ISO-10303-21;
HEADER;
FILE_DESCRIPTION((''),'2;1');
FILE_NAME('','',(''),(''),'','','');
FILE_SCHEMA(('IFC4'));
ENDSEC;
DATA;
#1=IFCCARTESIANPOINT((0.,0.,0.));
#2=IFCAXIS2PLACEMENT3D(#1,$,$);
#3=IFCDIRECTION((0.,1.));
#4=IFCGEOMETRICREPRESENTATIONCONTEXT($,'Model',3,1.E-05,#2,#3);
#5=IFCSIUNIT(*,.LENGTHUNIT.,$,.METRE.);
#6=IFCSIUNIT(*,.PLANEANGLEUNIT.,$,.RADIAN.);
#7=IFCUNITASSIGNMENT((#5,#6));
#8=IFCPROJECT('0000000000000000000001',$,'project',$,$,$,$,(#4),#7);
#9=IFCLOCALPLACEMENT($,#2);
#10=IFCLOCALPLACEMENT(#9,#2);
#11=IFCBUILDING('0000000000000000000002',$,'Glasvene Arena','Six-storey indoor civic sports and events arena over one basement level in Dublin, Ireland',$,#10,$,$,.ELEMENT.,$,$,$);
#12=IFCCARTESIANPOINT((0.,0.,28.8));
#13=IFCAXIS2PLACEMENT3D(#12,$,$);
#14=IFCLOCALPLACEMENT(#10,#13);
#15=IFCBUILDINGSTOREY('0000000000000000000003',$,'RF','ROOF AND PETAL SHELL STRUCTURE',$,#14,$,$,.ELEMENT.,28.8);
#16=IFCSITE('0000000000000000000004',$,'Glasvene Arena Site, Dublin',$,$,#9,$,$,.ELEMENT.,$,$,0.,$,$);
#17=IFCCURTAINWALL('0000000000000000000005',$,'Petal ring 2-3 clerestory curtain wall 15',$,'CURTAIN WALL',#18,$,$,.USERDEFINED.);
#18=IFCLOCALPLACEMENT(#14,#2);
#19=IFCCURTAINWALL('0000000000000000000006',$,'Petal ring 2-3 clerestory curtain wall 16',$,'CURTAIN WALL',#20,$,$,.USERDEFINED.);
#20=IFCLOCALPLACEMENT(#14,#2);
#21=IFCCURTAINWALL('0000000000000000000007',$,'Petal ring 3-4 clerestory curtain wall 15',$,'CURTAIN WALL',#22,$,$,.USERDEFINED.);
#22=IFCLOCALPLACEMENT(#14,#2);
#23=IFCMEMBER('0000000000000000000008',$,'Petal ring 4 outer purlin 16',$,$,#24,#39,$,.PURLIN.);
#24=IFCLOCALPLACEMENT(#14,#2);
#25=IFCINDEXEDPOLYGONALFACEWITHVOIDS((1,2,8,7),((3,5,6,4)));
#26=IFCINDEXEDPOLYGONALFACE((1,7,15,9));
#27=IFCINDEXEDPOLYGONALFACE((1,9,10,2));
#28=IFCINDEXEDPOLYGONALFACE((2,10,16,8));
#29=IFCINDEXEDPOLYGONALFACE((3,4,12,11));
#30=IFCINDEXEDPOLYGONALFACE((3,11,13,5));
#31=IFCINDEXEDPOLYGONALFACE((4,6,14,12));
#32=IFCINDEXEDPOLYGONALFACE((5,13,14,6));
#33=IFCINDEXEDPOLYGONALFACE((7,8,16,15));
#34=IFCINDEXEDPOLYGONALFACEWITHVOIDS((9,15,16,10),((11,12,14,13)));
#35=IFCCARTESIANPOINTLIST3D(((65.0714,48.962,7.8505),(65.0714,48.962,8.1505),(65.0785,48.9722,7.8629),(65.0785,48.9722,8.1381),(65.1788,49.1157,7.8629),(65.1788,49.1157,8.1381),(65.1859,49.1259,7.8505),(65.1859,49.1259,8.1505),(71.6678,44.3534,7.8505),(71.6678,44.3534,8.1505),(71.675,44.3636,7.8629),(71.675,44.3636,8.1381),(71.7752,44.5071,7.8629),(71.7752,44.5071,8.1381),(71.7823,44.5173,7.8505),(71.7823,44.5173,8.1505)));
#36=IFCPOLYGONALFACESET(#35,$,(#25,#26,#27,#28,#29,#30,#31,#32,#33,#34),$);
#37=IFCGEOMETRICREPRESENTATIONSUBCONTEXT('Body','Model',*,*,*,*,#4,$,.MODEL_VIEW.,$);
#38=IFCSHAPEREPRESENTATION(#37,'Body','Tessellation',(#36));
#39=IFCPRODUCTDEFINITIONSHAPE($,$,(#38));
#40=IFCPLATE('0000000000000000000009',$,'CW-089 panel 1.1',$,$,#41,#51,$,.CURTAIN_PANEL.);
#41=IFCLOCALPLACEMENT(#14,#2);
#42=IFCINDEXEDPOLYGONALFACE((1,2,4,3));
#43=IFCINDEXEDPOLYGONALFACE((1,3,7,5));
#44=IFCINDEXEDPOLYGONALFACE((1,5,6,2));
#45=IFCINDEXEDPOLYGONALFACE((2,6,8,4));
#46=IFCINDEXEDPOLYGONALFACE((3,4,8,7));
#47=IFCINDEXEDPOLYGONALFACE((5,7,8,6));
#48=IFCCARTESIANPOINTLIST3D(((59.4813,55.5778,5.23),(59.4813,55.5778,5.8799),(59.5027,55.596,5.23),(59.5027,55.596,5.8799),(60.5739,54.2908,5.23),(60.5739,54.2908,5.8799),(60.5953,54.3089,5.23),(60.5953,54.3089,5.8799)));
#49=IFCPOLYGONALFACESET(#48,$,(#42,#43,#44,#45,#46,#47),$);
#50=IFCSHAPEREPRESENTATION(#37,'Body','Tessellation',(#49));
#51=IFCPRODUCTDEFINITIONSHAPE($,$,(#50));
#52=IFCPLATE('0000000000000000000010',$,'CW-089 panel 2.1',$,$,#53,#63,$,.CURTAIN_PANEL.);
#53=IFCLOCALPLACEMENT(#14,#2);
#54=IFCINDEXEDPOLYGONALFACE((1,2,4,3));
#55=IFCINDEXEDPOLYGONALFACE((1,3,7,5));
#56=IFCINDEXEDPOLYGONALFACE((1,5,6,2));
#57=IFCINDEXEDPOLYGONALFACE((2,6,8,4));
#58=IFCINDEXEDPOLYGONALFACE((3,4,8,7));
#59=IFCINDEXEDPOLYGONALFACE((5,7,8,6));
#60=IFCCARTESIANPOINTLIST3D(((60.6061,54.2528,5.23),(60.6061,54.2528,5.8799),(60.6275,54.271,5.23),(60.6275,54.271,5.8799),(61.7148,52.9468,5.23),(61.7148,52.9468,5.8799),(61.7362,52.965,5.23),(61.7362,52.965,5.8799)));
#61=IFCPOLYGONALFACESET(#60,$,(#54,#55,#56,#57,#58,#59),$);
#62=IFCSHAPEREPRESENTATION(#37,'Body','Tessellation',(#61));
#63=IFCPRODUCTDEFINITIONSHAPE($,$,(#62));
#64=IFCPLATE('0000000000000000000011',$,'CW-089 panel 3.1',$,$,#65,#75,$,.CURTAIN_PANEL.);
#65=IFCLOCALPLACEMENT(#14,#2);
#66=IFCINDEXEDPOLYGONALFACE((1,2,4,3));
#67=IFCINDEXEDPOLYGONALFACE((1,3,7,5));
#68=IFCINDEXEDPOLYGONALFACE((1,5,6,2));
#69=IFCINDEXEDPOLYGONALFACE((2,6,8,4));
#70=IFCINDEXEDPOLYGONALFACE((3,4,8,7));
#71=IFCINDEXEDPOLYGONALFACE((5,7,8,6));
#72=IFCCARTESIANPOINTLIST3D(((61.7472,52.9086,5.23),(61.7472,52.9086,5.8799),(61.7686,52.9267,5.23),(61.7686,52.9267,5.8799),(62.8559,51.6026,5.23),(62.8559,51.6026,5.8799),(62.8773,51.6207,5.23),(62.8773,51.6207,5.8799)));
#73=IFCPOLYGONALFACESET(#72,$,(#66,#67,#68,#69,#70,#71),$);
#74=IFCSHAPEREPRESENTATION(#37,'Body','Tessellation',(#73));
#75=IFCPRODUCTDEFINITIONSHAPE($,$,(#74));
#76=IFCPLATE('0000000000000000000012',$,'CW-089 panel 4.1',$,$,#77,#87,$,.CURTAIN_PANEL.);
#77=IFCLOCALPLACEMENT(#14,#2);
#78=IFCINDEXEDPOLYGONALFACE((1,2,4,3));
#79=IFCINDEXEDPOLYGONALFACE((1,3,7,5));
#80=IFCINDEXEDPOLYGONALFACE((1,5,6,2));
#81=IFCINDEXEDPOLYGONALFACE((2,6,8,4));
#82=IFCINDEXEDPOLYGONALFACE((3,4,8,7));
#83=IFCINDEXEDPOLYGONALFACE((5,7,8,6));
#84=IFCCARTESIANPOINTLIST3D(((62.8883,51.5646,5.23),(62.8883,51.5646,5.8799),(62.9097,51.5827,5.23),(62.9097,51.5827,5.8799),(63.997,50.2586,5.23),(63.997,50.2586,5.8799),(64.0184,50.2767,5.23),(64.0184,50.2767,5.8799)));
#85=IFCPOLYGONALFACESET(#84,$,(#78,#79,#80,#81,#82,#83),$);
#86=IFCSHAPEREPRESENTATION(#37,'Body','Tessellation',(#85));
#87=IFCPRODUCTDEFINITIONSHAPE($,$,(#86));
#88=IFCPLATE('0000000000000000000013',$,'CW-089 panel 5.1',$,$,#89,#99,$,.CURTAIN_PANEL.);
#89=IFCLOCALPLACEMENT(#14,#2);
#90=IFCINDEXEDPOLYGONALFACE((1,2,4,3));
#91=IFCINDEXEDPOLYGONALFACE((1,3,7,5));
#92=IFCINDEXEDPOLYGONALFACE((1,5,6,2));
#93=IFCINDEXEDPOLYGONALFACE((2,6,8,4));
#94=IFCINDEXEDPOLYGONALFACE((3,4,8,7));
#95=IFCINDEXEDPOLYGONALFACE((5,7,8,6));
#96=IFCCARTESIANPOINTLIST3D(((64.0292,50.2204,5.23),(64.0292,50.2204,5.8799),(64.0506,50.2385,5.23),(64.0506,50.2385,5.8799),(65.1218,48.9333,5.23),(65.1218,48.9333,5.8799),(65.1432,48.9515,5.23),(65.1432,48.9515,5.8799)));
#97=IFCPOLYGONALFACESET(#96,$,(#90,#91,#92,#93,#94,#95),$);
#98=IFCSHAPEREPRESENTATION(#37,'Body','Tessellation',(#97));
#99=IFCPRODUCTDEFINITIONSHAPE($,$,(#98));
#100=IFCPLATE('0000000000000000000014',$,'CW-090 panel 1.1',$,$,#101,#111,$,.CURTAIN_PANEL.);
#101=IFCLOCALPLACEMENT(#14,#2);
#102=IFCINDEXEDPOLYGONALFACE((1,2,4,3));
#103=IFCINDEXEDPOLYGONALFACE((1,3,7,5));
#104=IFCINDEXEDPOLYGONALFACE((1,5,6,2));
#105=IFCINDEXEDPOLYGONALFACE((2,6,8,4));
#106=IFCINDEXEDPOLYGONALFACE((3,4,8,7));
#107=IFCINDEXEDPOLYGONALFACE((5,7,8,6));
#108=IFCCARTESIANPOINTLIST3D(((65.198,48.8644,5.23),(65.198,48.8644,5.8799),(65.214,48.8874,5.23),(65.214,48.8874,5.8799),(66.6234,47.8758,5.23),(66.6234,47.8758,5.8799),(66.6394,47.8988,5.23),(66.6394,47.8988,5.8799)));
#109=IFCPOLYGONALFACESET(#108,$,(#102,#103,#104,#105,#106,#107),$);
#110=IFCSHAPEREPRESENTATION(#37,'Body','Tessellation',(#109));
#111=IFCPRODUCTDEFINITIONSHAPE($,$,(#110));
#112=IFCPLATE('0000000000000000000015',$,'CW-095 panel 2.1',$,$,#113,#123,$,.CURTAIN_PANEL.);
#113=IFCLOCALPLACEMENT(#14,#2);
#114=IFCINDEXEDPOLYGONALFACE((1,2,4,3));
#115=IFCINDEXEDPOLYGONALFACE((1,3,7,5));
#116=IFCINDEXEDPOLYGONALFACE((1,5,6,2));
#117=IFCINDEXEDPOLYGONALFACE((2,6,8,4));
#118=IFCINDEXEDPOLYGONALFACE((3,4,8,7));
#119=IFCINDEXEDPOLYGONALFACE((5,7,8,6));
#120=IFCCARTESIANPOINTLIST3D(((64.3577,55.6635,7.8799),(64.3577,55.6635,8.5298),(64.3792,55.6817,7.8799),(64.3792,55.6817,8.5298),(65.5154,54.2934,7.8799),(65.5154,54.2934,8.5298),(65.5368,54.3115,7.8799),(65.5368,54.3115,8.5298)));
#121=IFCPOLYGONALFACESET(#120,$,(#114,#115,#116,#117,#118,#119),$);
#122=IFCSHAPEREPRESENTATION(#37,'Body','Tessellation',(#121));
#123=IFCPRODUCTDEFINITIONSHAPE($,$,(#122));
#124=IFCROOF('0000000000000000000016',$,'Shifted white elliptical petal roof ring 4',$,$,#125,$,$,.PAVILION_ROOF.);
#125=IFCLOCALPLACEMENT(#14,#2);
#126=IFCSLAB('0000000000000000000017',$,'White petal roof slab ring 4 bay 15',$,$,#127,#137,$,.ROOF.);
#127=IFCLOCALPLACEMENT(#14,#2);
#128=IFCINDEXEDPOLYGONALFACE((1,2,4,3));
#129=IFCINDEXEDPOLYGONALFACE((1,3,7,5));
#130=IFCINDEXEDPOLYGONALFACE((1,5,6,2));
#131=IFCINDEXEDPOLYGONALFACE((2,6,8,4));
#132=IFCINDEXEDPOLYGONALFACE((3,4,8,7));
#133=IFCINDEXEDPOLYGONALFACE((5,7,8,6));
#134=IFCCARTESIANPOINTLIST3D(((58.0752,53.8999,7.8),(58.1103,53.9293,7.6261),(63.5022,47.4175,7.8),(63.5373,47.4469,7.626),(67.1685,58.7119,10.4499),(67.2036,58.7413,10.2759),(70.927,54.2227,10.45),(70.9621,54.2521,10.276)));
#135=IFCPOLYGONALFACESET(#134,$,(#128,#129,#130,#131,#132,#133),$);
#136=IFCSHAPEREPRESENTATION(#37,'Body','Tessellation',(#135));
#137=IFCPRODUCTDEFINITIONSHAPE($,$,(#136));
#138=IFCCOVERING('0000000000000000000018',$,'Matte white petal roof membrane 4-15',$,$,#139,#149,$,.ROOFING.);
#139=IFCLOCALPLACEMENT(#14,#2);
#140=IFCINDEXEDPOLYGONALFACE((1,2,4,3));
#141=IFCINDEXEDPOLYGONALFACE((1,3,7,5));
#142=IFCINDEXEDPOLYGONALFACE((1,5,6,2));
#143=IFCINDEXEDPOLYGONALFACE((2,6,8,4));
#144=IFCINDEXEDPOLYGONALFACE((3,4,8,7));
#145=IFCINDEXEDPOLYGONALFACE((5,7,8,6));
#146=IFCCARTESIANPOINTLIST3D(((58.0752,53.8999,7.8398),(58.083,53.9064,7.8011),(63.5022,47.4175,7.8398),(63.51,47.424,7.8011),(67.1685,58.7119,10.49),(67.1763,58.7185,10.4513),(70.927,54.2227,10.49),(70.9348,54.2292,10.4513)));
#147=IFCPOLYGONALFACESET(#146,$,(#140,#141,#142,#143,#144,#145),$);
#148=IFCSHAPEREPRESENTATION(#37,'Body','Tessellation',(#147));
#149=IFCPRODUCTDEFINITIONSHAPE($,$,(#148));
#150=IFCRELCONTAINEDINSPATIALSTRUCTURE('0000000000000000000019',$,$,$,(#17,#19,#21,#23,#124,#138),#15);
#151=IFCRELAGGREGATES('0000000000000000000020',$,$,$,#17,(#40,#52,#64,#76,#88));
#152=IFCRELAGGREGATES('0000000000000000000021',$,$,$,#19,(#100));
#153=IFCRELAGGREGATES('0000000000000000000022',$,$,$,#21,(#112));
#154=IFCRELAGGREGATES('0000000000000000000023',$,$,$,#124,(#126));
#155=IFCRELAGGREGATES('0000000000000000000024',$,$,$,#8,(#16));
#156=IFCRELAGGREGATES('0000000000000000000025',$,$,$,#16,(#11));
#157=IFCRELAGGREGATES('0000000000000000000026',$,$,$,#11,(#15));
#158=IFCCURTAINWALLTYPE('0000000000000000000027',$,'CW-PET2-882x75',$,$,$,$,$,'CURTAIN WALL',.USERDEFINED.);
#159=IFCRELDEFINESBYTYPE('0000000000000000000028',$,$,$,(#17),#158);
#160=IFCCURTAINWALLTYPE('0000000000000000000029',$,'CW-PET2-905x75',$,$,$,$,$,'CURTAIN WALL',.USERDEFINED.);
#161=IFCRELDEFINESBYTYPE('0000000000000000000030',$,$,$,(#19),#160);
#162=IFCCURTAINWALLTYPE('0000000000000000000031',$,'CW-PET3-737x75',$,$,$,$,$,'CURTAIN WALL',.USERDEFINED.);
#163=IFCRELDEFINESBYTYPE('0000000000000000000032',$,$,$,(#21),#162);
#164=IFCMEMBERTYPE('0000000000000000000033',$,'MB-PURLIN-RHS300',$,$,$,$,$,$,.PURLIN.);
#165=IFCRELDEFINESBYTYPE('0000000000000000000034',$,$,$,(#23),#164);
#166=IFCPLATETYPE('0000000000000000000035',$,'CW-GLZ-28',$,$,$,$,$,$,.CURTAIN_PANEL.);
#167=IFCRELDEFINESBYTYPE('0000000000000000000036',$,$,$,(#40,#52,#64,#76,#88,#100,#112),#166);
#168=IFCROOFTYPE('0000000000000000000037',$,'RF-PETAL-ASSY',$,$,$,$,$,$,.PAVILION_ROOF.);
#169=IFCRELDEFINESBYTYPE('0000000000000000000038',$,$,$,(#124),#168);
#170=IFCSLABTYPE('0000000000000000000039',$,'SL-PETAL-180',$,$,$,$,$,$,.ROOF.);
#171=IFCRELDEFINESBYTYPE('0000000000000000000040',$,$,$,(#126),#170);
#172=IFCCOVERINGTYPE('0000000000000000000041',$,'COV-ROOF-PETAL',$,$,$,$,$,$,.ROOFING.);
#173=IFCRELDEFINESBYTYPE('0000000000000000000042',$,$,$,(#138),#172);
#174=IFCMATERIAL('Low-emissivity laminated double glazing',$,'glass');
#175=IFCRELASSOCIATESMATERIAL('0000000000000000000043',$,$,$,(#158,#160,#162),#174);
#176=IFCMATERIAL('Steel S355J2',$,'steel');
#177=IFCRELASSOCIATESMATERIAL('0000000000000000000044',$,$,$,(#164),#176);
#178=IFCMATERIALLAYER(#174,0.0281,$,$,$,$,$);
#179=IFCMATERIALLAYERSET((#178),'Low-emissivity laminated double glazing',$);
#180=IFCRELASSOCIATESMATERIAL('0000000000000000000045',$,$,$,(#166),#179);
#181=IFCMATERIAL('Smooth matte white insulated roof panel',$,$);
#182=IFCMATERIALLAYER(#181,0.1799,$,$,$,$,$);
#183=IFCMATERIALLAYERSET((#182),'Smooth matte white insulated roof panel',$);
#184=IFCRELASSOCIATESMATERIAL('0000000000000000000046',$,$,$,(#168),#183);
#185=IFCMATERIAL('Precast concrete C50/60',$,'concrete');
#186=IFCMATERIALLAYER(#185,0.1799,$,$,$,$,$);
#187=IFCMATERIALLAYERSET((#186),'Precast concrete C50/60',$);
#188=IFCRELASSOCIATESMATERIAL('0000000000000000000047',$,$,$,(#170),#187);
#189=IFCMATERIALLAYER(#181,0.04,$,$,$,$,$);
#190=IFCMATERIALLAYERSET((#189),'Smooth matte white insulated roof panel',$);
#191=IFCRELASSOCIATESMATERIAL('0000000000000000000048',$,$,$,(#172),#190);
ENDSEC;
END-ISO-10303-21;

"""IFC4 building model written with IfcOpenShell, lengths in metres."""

from ifc_helpers import new_model, si_unit, direction, frame, origin, origin_2d, place, context, subcontext, project, spatial, polyline, rectangle, hollow_rectangle, outline, extrude, material, layer, layer_set, material_profile, profile_set, type_object, element, aggregate, save


model = new_model("IFC4")

# Units and contexts
model_context = context("Model", 3, precision=1e-05, world=origin(), true_north=direction((0.0, 1.0)))
body_context = subcontext(model_context, "Body", "Model", "MODEL_VIEW")
ifc_project = project(units=[si_unit("LENGTHUNIT", "METRE"), si_unit("PLANEANGLEUNIT", "RADIAN")], contexts=[model_context])

# Site, building, storey
site_placement = place(None, origin())
site = spatial("IfcSite", under=ifc_project, at=site_placement, Name="Glasvene Arena Site, Dublin", CompositionType="ELEMENT", RefElevation=0.0)
building_placement = place(site_placement, origin())
building = spatial("IfcBuilding", under=site, at=building_placement, Name="Glasvene Arena", Description="Six-storey indoor civic sports and events arena over one basement level in Dublin, Ireland", CompositionType="ELEMENT")
storey_placement = place(building_placement, frame((0.0, 0.0, 28.8)))
storey = spatial("IfcBuildingStorey", under=building, at=storey_placement, Name="RF", Description="ROOF AND PETAL SHELL STRUCTURE", CompositionType="ELEMENT", Elevation=28.8)

# Curtain wall
ifc_material_1 = material(Name="Low-emissivity laminated double glazing", Category="glass")
curtain_wall_type_1 = type_object("IfcCurtainWallType", Name="CW-PET2-882x75", ElementType="CURTAIN WALL", PredefinedType="USERDEFINED", material=ifc_material_1)
curtain_wall_1_placement = place(storey_placement, frame((59.4597, 55.625, 0.0)))
curtain_wall_1 = element("IfcCurtainWall", 1, at=curtain_wall_1_placement, inside=storey, type_object=curtain_wall_type_1, Name="Petal ring 2-3 clerestory curtain wall 15", ObjectType="CURTAIN WALL", PredefinedType="USERDEFINED")

# Curtain wall
curtain_wall_type_2 = type_object("IfcCurtainWallType", Name="CW-PET2-905x75", ElementType="CURTAIN WALL", PredefinedType="USERDEFINED", material=ifc_material_1)
curtain_wall_2_placement = place(storey_placement, frame((65.1648, 48.9043, 0.0)))
curtain_wall_2 = element("IfcCurtainWall", 2, at=curtain_wall_2_placement, inside=storey, type_object=curtain_wall_type_2, Name="Petal ring 2-3 clerestory curtain wall 16", ObjectType="CURTAIN WALL", PredefinedType="USERDEFINED")

# Curtain wall
curtain_wall_type_3 = type_object("IfcCurtainWallType", Name="CW-PET3-737x75", ElementType="CURTAIN WALL", PredefinedType="USERDEFINED", material=ifc_material_1)
curtain_wall_3_placement = place(storey_placement, frame((63.1626, 57.1001, 0.0)))
curtain_wall_3 = element("IfcCurtainWall", 3, at=curtain_wall_3_placement, inside=storey, type_object=curtain_wall_type_3, Name="Petal ring 3-4 clerestory curtain wall 15", ObjectType="CURTAIN WALL", PredefinedType="USERDEFINED")

# Member
ifc_material_2 = material(Name="Steel S355J2", Category="steel")
ifc_material_profile_1 = material_profile(ifc_material_2, hollow_rectangle(XDim=0.2, YDim=0.3, WallThickness=0.0125, at=origin_2d()), Name="RHS 300x200x12.5")
ifc_profile_set_1 = profile_set([ifc_material_profile_1], Name="Steel S355J2")
member_type_1 = type_object("IfcMemberType", Name="MB-PURLIN-RHS300", PredefinedType="PURLIN", material=ifc_profile_set_1)
member_1_placement = place(storey_placement, frame((65.1287, 49.0439, 8.0005), z_axis=(0.819749, -0.572723, 0.0), x_axis=(0.572723, 0.819749, 0.0)))
element("IfcMember", 4, at=member_1_placement, inside=storey, type_object=member_type_1, Name="Petal ring 4 outer purlin 16", PredefinedType="PURLIN", context=body_context, shape_type="SweptSolid", body=[
    extrude(hollow_rectangle(XDim=0.2, YDim=0.3, WallThickness=0.0125, at=origin_2d()), origin(), (0.0, 0.0, 1.0), 8.0469),
])

# Plates
ifc_layer_1 = layer(ifc_material_1, 0.0281)
ifc_layer_set_1 = layer_set([ifc_layer_1], Name="Low-emissivity laminated double glazing")
plate_type = type_object("IfcPlateType", Name="CW-GLZ-28", PredefinedType="CURTAIN_PANEL", material=ifc_layer_set_1)
plate_1_placement = place(storey_placement, frame((60.0383, 54.9434, 5.23), z_axis=(0.0, 0.0, 1.0), x_axis=(0.647167, -0.762348, 0.0)))
plate_1 = element("IfcPlate", 5, at=plate_1_placement, type_object=plate_type, Name="CW-089 panel 1.1", PredefinedType="CURTAIN_PANEL", context=body_context, shape_type="SweptSolid", body=[
    extrude(rectangle(XDim=1.6882, YDim=0.0281, at=origin_2d()), origin(), (0.0, 0.0, 1.0), 0.6499),
])
plate_2_placement = place(storey_placement, frame((61.1711, 53.6089, 5.23), z_axis=(0.0, 0.0, 1.0), x_axis=(0.647167, -0.762348, 0.0)))
plate_2 = element("IfcPlate", 6, at=plate_2_placement, type_object=plate_type, Name="CW-089 panel 2.1", PredefinedType="CURTAIN_PANEL", context=body_context, shape_type="SweptSolid", body=[
    extrude(rectangle(XDim=1.7131, YDim=0.0281, at=origin_2d()), origin(), (0.0, 0.0, 1.0), 0.6499),
])
plate_3_placement = place(storey_placement, frame((62.3123, 52.2646, 5.23), z_axis=(0.0, 0.0, 1.0), x_axis=(0.647167, -0.762348, 0.0)))
plate_3 = element("IfcPlate", 7, at=plate_3_placement, type_object=plate_type, Name="CW-089 panel 3.1", PredefinedType="CURTAIN_PANEL", context=body_context, shape_type="SweptSolid", body=[
    extrude(rectangle(XDim=1.7131, YDim=0.0281, at=origin_2d()), origin(), (0.0, 0.0, 1.0), 0.6499),
])
plate_4_placement = place(storey_placement, frame((63.4534, 50.9207, 5.23), z_axis=(0.0, 0.0, 1.0), x_axis=(0.647167, -0.762348, 0.0)))
plate_4 = element("IfcPlate", 8, at=plate_4_placement, type_object=plate_type, Name="CW-089 panel 4.1", PredefinedType="CURTAIN_PANEL", context=body_context, shape_type="SweptSolid", body=[
    extrude(rectangle(XDim=1.7131, YDim=0.0281, at=origin_2d()), origin(), (0.0, 0.0, 1.0), 0.6499),
])
plate_5_placement = place(storey_placement, frame((64.5862, 49.5859, 5.23), z_axis=(0.0, 0.0, 1.0), x_axis=(0.647167, -0.762348, 0.0)))
plate_5 = element("IfcPlate", 9, at=plate_5_placement, type_object=plate_type, Name="CW-089 panel 5.1", PredefinedType="CURTAIN_PANEL", context=body_context, shape_type="SweptSolid", body=[
    extrude(rectangle(XDim=1.6882, YDim=0.0281, at=origin_2d()), origin(), (0.0, 0.0, 1.0), 0.6499),
])
aggregate(curtain_wall_1, [plate_1, plate_2, plate_3, plate_4, plate_5])
plate_6_placement = place(storey_placement, frame((65.9187, 48.3816, 5.23), z_axis=(0.0, 0.0, 1.0), x_axis=(0.821699, -0.569921, 0.0)))
plate_6 = element("IfcPlate", 10, at=plate_6_placement, type_object=plate_type, Name="CW-090 panel 1.1", PredefinedType="CURTAIN_PANEL", context=body_context, shape_type="SweptSolid", body=[
    extrude(rectangle(XDim=1.7346, YDim=0.0281, at=origin_2d()), origin(), (0.0, 0.0, 1.0), 0.6499),
])
aggregate(curtain_wall_2, [plate_6])
plate_7_placement = place(storey_placement, frame((64.9473, 54.9875, 7.8799), z_axis=(0.0, 0.0, 1.0), x_axis=(0.645394, -0.76385, 0.0)))
plate_7 = element("IfcPlate", 11, at=plate_7_placement, type_object=plate_type, Name="CW-095 panel 2.1", PredefinedType="CURTAIN_PANEL", context=body_context, shape_type="SweptSolid", body=[
    extrude(rectangle(XDim=1.7937, YDim=0.0281, at=origin_2d()), origin(), (0.0, 0.0, 1.0), 0.6499),
])
aggregate(curtain_wall_3, [plate_7])

# Roof, slab
ifc_material_3 = material(Name="Smooth matte white insulated roof panel")
ifc_layer_2 = layer(ifc_material_3, 0.1799)
ifc_layer_set_2 = layer_set([ifc_layer_2], Name="Smooth matte white insulated roof panel")
roof_type = type_object("IfcRoofType", Name="RF-PETAL-ASSY", PredefinedType="PAVILION_ROOF", material=ifc_layer_set_2)
roof_placement = place(storey_placement, frame((87.6499, 69.55, 7.8)))
roof = element("IfcRoof", 12, at=roof_placement, inside=storey, type_object=roof_type, Name="Shifted white elliptical petal roof ring 4", PredefinedType="PAVILION_ROOF")
ifc_material_4 = material(Name="Precast concrete C50/60", Category="concrete")
ifc_layer_3 = layer(ifc_material_4, 0.1799)
ifc_layer_set_3 = layer_set([ifc_layer_3], Name="Precast concrete C50/60")
slab_type = type_object("IfcSlabType", Name="SL-PETAL-180", PredefinedType="ROOF", material=ifc_layer_set_3)
slab_placement = place(storey_placement, frame((58.0752, 53.8999, 7.8), z_axis=(-0.195284, -0.163493, 0.967023), x_axis=(0.641927, -0.766766, -0.000003)))
slab = element("IfcSlab", 13, at=slab_placement, type_object=slab_type, Name="White petal roof slab ring 4 bay 15", PredefinedType="ROOF", context=body_context, shape_type="SweptSolid", body=[
    extrude(outline(polyline([(0.0, 0.0), (8.4542, 0.0), (8.0024, 10.4046), (2.1475, 10.4045), (0.0, 0.0)])), origin(), (0.0, 0.0, -1.0), 0.1799),
])
aggregate(roof, [slab])

# Covering
ifc_layer_4 = layer(ifc_material_3, 0.04)
ifc_layer_set_4 = layer_set([ifc_layer_4], Name="Smooth matte white insulated roof panel")
covering_type = type_object("IfcCoveringType", Name="COV-ROOF-PETAL", PredefinedType="ROOFING", material=ifc_layer_set_4)
covering_placement = place(storey_placement, frame((58.0752, 53.8999, 7.8398), z_axis=(-0.195301, -0.163507, 0.967018), x_axis=(0.641927, -0.766766, -0.000003)))
element("IfcCovering", 14, at=covering_placement, inside=storey, type_object=covering_type, Name="Matte white petal roof membrane 4-15", PredefinedType="ROOFING", context=body_context, shape_type="SweptSolid", body=[
    extrude(outline(polyline([(0.0, 0.0), (8.4542, 0.0), (8.0024, 10.4047), (2.1475, 10.4045), (0.0, 0.0)])), origin(), (0.0, 0.0, -1.0), 0.04),
])

save(model, "model.ifc")
